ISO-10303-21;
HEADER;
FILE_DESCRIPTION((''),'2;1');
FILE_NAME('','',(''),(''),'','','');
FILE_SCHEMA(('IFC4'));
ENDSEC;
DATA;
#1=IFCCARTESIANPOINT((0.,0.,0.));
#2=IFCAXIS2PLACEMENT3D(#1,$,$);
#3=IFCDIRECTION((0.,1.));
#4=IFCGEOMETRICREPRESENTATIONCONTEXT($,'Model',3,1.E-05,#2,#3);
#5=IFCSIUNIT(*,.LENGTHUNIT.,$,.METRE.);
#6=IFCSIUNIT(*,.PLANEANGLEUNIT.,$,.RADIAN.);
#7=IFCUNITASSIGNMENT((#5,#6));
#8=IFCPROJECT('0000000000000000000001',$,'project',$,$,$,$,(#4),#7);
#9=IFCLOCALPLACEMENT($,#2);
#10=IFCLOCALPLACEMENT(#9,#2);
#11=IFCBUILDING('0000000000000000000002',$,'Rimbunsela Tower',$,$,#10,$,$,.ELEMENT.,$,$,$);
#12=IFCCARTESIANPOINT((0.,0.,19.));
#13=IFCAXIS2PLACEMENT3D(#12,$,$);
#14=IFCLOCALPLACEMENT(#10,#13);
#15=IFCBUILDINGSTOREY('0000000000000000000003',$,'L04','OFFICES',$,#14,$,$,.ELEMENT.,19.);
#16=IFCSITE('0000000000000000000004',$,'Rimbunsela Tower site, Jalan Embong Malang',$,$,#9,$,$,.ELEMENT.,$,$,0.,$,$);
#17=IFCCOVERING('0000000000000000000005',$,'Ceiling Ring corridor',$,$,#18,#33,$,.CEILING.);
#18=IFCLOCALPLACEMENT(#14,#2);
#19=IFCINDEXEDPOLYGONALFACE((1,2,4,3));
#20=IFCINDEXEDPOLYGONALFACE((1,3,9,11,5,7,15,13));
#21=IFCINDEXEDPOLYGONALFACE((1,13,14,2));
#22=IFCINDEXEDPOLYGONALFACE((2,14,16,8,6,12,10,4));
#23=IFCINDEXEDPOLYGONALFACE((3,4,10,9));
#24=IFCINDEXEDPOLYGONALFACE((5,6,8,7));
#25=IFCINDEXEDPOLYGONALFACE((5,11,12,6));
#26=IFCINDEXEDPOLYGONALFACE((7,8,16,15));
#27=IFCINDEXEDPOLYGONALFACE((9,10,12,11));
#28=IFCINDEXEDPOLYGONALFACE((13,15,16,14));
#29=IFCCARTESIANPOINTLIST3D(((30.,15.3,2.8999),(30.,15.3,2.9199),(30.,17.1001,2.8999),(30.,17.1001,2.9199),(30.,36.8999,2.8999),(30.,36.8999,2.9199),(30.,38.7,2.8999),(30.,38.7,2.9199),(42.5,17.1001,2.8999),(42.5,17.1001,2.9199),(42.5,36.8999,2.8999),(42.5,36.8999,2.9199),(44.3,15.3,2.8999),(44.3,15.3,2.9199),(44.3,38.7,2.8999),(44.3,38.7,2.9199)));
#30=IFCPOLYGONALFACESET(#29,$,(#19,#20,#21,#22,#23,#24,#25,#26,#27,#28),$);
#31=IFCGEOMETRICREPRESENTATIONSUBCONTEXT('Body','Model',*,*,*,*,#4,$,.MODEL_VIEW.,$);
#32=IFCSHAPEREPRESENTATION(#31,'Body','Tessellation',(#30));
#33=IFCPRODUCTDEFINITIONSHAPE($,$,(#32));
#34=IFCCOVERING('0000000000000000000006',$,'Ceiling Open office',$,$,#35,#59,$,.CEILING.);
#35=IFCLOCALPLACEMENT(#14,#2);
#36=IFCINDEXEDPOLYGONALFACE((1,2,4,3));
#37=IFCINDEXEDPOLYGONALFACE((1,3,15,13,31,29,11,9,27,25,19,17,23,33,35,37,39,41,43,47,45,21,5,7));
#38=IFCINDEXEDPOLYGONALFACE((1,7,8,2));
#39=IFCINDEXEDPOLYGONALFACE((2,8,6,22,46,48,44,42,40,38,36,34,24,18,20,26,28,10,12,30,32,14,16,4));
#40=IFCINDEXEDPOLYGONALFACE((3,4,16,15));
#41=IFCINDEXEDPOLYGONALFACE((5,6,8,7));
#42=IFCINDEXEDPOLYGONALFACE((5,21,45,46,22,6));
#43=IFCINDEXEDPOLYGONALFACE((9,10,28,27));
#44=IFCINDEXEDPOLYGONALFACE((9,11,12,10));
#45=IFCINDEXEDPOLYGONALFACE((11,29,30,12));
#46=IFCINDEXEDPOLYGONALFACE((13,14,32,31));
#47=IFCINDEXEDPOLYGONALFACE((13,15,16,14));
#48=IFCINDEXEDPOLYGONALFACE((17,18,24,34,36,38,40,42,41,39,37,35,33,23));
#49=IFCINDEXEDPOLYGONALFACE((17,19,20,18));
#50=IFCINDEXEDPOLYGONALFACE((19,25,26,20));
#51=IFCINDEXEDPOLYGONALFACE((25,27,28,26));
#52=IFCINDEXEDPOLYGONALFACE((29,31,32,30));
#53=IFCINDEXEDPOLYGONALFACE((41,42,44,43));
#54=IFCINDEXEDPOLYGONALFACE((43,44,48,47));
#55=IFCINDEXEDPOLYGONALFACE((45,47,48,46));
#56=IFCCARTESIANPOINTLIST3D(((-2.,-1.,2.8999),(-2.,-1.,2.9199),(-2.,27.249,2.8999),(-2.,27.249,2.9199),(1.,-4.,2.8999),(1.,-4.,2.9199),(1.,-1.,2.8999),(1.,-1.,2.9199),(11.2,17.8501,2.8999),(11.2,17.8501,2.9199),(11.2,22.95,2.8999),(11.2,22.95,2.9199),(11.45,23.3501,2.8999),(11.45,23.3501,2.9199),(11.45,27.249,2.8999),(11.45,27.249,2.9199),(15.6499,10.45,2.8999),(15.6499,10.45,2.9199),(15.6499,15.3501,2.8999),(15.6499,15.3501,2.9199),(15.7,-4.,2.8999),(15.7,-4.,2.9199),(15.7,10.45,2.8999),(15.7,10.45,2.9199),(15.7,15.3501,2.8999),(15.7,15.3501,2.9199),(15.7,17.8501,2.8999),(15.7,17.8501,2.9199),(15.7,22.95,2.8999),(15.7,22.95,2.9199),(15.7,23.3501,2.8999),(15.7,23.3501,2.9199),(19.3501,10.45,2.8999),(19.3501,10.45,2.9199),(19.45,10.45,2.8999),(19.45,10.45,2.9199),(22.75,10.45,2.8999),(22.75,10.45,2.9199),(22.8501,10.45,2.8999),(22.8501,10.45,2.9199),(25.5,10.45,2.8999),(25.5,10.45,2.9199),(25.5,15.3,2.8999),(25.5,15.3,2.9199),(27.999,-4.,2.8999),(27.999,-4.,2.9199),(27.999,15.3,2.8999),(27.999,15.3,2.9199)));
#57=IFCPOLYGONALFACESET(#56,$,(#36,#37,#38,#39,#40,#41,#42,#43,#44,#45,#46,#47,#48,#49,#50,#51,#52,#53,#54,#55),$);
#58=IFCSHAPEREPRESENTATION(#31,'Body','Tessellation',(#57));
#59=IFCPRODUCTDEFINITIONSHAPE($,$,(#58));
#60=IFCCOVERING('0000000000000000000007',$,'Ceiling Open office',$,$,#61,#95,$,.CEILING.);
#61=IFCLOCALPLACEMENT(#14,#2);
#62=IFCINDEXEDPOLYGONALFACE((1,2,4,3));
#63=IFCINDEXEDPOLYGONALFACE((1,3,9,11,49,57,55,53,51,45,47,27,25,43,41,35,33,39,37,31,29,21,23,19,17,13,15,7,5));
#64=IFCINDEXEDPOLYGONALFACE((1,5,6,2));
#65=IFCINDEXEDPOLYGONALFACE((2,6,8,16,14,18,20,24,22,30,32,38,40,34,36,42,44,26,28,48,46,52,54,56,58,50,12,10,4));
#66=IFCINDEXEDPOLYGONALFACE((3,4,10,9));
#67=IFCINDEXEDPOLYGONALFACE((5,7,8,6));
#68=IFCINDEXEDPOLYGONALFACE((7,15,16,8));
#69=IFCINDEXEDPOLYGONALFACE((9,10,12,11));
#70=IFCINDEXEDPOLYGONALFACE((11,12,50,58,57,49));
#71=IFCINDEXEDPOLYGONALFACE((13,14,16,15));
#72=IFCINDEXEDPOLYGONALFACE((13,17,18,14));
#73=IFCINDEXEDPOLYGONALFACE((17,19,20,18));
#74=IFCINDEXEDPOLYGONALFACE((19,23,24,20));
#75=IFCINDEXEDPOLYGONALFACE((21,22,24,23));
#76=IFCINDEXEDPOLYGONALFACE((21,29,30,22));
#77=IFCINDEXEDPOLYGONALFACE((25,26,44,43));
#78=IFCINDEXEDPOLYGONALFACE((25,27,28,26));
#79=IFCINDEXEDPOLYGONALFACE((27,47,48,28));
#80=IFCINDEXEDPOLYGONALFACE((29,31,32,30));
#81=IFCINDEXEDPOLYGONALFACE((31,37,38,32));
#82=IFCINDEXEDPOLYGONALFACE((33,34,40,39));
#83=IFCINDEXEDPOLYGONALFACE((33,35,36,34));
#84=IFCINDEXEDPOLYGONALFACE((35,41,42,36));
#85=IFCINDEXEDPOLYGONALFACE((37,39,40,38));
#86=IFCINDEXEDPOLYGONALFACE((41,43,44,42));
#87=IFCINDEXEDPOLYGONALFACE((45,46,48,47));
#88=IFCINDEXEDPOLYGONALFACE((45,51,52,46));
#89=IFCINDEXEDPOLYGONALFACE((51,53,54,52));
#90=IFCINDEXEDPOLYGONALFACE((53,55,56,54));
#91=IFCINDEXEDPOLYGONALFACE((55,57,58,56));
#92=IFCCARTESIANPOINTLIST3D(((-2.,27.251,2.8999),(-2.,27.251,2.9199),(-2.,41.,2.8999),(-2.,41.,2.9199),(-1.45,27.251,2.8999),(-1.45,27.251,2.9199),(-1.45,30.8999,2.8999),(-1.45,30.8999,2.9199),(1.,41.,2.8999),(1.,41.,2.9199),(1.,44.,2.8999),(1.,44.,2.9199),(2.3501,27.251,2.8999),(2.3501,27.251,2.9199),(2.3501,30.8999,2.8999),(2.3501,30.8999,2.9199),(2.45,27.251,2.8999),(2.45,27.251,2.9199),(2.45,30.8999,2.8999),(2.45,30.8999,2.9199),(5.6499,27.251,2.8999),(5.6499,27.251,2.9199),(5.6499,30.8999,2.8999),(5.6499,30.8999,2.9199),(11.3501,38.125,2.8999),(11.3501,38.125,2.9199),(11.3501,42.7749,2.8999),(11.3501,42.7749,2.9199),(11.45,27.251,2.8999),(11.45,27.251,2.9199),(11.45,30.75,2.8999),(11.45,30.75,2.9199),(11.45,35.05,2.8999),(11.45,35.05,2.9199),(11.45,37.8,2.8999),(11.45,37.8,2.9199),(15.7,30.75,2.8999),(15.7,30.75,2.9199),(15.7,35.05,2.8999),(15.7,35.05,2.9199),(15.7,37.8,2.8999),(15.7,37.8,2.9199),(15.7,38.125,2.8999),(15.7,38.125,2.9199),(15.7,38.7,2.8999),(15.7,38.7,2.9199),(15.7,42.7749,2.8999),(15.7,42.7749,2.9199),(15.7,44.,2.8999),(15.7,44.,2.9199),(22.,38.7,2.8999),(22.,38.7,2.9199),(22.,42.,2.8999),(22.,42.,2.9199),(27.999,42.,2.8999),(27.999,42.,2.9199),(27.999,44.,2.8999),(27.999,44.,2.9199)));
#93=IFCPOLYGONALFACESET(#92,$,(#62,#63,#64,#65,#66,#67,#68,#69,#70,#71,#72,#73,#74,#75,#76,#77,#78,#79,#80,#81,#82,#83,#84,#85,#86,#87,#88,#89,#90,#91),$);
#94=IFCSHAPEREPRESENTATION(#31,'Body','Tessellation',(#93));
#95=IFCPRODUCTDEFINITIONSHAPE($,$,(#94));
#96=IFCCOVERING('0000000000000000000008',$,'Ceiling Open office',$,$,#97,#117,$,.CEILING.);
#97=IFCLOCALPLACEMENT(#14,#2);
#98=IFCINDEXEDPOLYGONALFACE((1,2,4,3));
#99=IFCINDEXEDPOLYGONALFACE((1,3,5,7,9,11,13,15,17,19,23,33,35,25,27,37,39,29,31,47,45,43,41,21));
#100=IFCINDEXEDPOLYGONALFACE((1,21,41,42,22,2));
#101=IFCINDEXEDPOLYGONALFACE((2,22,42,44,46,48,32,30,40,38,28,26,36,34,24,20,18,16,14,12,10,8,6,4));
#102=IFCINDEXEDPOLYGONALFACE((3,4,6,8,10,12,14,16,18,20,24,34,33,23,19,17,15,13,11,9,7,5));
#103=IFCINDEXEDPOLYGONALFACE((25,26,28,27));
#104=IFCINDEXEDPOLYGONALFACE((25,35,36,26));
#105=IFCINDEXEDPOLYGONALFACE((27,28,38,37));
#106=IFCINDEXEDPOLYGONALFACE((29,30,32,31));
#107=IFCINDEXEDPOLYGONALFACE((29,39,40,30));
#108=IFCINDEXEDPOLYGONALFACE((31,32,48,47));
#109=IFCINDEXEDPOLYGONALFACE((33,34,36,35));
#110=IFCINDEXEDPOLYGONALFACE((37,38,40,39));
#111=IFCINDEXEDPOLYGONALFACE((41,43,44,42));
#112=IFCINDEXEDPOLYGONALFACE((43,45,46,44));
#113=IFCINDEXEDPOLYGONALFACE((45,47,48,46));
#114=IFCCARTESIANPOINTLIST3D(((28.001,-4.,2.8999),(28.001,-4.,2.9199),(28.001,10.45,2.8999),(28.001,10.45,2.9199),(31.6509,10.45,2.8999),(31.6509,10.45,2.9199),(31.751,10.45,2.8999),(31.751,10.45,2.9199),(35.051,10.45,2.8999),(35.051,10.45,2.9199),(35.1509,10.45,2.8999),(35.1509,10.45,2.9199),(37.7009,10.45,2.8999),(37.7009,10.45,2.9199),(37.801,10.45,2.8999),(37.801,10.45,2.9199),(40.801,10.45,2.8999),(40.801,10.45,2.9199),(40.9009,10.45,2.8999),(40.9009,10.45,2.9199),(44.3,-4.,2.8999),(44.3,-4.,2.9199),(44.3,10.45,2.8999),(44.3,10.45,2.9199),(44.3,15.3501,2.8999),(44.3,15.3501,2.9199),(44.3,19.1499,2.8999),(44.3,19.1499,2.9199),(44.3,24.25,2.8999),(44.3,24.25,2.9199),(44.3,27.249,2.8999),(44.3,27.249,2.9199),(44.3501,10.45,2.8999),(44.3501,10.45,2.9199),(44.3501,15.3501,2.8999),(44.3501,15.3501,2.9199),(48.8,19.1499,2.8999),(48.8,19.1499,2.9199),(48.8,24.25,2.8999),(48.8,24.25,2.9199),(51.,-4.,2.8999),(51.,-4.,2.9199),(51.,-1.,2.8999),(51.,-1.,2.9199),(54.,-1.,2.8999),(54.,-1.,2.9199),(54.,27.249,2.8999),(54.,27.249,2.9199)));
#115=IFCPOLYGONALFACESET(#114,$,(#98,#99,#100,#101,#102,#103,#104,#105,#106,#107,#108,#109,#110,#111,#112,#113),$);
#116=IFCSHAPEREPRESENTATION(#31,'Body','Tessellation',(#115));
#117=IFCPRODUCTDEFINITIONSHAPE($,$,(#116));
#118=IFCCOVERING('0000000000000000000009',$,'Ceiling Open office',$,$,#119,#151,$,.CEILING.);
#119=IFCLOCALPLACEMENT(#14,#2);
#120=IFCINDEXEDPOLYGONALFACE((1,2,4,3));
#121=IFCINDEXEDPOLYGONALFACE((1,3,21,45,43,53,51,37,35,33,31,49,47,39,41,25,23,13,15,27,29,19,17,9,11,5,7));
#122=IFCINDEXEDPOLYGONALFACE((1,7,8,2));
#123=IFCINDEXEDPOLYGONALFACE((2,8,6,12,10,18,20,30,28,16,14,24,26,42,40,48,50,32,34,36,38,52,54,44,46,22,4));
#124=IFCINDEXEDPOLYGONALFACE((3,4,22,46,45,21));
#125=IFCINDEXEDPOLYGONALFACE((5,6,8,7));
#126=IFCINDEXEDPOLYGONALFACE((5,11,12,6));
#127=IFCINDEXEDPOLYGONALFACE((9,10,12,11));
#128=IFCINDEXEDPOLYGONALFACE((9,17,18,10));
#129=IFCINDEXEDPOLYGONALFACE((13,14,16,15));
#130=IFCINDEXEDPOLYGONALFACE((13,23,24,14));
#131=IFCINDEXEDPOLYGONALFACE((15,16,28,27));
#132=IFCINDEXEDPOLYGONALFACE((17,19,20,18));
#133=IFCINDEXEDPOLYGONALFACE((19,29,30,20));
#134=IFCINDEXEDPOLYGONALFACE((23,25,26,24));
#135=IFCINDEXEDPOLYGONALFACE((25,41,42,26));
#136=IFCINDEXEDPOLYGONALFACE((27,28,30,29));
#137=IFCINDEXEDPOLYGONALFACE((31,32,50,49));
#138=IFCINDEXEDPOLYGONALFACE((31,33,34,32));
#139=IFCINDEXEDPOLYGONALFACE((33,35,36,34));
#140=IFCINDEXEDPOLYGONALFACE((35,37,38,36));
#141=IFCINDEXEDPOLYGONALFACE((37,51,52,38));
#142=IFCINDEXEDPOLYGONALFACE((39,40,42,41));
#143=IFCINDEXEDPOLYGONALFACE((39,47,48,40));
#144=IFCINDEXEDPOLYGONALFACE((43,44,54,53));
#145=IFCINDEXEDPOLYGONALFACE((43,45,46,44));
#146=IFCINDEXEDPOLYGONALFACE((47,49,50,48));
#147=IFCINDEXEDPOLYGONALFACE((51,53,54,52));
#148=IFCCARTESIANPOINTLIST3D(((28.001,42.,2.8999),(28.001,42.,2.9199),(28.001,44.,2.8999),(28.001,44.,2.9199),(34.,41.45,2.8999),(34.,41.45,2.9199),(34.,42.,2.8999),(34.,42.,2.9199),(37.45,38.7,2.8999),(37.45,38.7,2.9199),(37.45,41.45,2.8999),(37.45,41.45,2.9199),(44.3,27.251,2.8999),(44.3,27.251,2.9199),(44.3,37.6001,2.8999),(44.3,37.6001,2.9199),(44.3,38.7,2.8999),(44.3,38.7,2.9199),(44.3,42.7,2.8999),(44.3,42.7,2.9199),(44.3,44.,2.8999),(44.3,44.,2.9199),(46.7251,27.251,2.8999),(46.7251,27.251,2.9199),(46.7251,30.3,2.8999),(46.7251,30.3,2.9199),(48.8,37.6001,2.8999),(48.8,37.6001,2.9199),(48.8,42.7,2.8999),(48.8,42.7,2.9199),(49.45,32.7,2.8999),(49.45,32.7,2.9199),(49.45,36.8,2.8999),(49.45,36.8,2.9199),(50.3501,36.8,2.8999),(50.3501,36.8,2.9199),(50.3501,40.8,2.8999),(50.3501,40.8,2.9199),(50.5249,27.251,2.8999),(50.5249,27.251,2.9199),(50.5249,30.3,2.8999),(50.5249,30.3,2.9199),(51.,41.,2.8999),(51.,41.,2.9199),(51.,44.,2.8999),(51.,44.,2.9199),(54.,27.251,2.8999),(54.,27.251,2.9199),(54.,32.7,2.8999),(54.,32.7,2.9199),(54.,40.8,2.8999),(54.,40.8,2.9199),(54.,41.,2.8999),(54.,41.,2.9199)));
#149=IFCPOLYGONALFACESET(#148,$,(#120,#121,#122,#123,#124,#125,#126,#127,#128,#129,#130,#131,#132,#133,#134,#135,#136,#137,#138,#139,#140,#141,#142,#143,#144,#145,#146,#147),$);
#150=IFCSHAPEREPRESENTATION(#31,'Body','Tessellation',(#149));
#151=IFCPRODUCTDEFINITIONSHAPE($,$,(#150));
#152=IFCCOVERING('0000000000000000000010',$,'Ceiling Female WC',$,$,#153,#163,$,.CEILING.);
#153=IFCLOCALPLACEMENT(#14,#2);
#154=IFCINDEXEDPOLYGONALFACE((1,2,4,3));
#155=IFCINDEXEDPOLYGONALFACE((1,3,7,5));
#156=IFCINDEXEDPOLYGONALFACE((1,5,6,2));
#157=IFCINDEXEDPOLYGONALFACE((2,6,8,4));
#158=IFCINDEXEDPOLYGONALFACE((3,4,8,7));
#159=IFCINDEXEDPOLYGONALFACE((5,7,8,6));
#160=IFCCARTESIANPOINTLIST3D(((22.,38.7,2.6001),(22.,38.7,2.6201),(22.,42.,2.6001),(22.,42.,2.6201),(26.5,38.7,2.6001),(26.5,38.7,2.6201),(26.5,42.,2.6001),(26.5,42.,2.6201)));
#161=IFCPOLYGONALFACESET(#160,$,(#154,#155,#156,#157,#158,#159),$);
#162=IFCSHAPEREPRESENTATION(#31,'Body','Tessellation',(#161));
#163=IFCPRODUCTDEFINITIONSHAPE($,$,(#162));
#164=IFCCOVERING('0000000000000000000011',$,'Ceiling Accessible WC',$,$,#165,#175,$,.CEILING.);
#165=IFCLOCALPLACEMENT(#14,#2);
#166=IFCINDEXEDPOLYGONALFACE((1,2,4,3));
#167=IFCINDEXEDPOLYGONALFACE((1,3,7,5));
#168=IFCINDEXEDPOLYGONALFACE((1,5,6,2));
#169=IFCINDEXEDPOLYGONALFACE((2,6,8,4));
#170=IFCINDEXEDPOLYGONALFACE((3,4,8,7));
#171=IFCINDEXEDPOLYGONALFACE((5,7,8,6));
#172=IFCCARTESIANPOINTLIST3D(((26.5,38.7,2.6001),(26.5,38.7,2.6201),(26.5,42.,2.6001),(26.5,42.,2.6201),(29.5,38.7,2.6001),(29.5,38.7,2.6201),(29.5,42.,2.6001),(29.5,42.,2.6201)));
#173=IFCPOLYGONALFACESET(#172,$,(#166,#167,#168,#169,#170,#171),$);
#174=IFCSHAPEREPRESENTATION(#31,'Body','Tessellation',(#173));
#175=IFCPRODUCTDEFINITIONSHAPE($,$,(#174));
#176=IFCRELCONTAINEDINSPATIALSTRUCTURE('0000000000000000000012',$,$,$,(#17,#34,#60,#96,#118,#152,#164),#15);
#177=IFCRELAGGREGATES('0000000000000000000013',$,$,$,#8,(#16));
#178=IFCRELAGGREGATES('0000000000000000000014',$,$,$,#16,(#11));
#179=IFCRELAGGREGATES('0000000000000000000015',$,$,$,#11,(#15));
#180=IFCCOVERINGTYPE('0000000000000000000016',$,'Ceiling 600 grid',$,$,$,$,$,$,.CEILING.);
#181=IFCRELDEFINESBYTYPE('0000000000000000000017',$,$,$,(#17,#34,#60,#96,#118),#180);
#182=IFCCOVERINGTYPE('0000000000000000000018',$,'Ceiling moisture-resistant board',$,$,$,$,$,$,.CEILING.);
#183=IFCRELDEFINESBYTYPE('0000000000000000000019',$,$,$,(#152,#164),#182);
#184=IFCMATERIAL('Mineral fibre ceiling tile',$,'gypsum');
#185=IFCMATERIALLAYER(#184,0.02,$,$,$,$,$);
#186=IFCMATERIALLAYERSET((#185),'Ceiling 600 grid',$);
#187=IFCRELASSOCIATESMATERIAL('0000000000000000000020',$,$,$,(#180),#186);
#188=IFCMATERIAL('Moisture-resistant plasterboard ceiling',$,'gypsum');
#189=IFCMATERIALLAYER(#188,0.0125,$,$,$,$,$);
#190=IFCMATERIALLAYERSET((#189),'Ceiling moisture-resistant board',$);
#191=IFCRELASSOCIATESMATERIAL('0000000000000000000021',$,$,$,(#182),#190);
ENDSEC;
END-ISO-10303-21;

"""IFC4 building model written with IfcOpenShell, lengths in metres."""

from ifc_helpers import new_model, si_unit, direction, frame, origin, place, context, subcontext, project, spatial, polyline, outline, extrude, material, layer, layer_set, type_object, element, save


model = new_model("IFC4")

# Units and contexts
model_context = context("Model", 3, precision=1e-05, world=origin(), true_north=direction((0.0, 1.0)))
body_context = subcontext(model_context, "Body", "Model", "MODEL_VIEW")
ifc_project = project(units=[si_unit("LENGTHUNIT", "METRE"), si_unit("PLANEANGLEUNIT", "RADIAN")], contexts=[model_context])

# Site, building, storey
site_placement = place(None, origin())
site = spatial("IfcSite", under=ifc_project, at=site_placement, Name="Rimbunsela Tower site, Jalan Embong Malang", CompositionType="ELEMENT", RefElevation=0.0)
building_placement = place(site_placement, origin())
building = spatial("IfcBuilding", under=site, at=building_placement, Name="Rimbunsela Tower", CompositionType="ELEMENT")
storey_placement = place(building_placement, frame((0.0, 0.0, 19.0)))
storey = spatial("IfcBuildingStorey", under=building, at=storey_placement, Name="L04", Description="OFFICES", CompositionType="ELEMENT", Elevation=19.0)

# Coverings
ifc_material_1 = material(Name="Mineral fibre ceiling tile", Category="gypsum")
ifc_layer_1 = layer(ifc_material_1, 0.02)
ifc_layer_set_1 = layer_set([ifc_layer_1], Name="Ceiling 600 grid")
covering_type_1 = type_object("IfcCoveringType", Name="Ceiling 600 grid", PredefinedType="CEILING", material=ifc_layer_set_1)
covering_1_placement = place(storey_placement, frame((0.0, 0.0, 2.8999)))
element("IfcCovering", 1, at=covering_1_placement, inside=storey, type_object=covering_type_1, Name="Ceiling Ring corridor", PredefinedType="CEILING", context=body_context, shape_type="SweptSolid", body=[
    extrude(outline(polyline([(44.3, 38.7), (44.3, 15.3), (30.0, 15.3), (30.0, 17.1001), (42.5, 17.1001), (42.5, 36.8999), (30.0, 36.8999), (30.0, 38.7), (44.3, 38.7)])), origin(), (0.0, 0.0, 1.0), 0.02),
])
covering_2_placement = place(storey_placement, frame((0.0, 0.0, 2.8999)))
element("IfcCovering", 2, at=covering_2_placement, inside=storey, type_object=covering_type_1, Name="Ceiling Open office", PredefinedType="CEILING", context=body_context, shape_type="SweptSolid", body=[
    extrude(outline(polyline([(19.45, 10.45), (22.75, 10.45), (22.8501, 10.45), (25.5, 10.45), (25.5, 15.3), (27.999, 15.3), (27.999, -4.0), (15.7, -4.0), (1.0, -4.0), (1.0, -1.0), (-2.0, -1.0), (-2.0, 27.249), (11.45, 27.249), (11.45, 23.3501), (15.7, 23.3501), (15.7, 22.95), (11.2, 22.95), (11.2, 17.8501), (15.7, 17.8501), (15.7, 15.3501), (15.6499, 15.3501), (15.6499, 10.45), (15.7, 10.45), (19.3501, 10.45), (19.45, 10.45)])), origin(), (0.0, 0.0, 1.0), 0.02),
])
covering_3_placement = place(storey_placement, frame((0.0, 0.0, 2.8999)))
element("IfcCovering", 3, at=covering_3_placement, inside=storey, type_object=covering_type_1, Name="Ceiling Open office", PredefinedType="CEILING", context=body_context, shape_type="SweptSolid", body=[
    extrude(outline(polyline([(15.7, 42.7749), (11.3501, 42.7749), (11.3501, 38.125), (15.7, 38.125), (15.7, 37.8), (11.45, 37.8), (11.45, 35.05), (15.7, 35.05), (15.7, 30.75), (11.45, 30.75), (11.45, 27.251), (5.6499, 27.251), (5.6499, 30.8999), (2.45, 30.8999), (2.45, 27.251), (2.3501, 27.251), (2.3501, 30.8999), (-1.45, 30.8999), (-1.45, 27.251), (-2.0, 27.251), (-2.0, 41.0), (1.0, 41.0), (1.0, 44.0), (15.7, 44.0), (27.999, 44.0), (27.999, 42.0), (22.0, 42.0), (22.0, 38.7), (15.7, 38.7), (15.7, 42.7749)])), origin(), (0.0, 0.0, 1.0), 0.02),
])
covering_4_placement = place(storey_placement, frame((0.0, 0.0, 2.8999)))
element("IfcCovering", 4, at=covering_4_placement, inside=storey, type_object=covering_type_1, Name="Ceiling Open office", PredefinedType="CEILING", context=body_context, shape_type="SweptSolid", body=[
    extrude(outline(polyline([(28.001, 10.45), (31.6509, 10.45), (31.751, 10.45), (35.051, 10.45), (35.1509, 10.45), (37.7009, 10.45), (37.801, 10.45), (40.801, 10.45), (40.9009, 10.45), (44.3, 10.45), (44.3501, 10.45), (44.3501, 15.3501), (44.3, 15.3501), (44.3, 19.1499), (48.8, 19.1499), (48.8, 24.25), (44.3, 24.25), (44.3, 27.249), (54.0, 27.249), (54.0, -1.0), (51.0, -1.0), (51.0, -4.0), (44.3, -4.0), (28.001, -4.0), (28.001, 10.45)])), origin(), (0.0, 0.0, 1.0), 0.02),
])
covering_5_placement = place(storey_placement, frame((0.0, 0.0, 2.8999)))
element("IfcCovering", 5, at=covering_5_placement, inside=storey, type_object=covering_type_1, Name="Ceiling Open office", PredefinedType="CEILING", context=body_context, shape_type="SweptSolid", body=[
    extrude(outline(polyline([(44.3, 38.7), (37.45, 38.7), (37.45, 41.45), (34.0, 41.45), (34.0, 42.0), (28.001, 42.0), (28.001, 44.0), (44.3, 44.0), (51.0, 44.0), (51.0, 41.0), (54.0, 41.0), (54.0, 40.8), (50.3501, 40.8), (50.3501, 36.8), (49.45, 36.8), (49.45, 32.7), (54.0, 32.7), (54.0, 27.251), (50.5249, 27.251), (50.5249, 30.3), (46.7251, 30.3), (46.7251, 27.251), (44.3, 27.251), (44.3, 37.6001), (48.8, 37.6001), (48.8, 42.7), (44.3, 42.7), (44.3, 38.7)])), origin(), (0.0, 0.0, 1.0), 0.02),
])
ifc_material_2 = material(Name="Moisture-resistant plasterboard ceiling", Category="gypsum")
ifc_layer_2 = layer(ifc_material_2, 0.0125)
ifc_layer_set_2 = layer_set([ifc_layer_2], Name="Ceiling moisture-resistant board")
covering_type_2 = type_object("IfcCoveringType", Name="Ceiling moisture-resistant board", PredefinedType="CEILING", material=ifc_layer_set_2)
covering_6_placement = place(storey_placement, frame((0.0, 0.0, 2.6001)))
element("IfcCovering", 6, at=covering_6_placement, inside=storey, type_object=covering_type_2, Name="Ceiling Female WC", PredefinedType="CEILING", context=body_context, shape_type="SweptSolid", body=[
    extrude(outline(polyline([(26.5, 38.7), (26.5, 42.0), (22.0, 42.0), (22.0, 38.7), (26.5, 38.7)])), origin(), (0.0, 0.0, 1.0), 0.02),
])
covering_7_placement = place(storey_placement, frame((0.0, 0.0, 2.6001)))
element("IfcCovering", 7, at=covering_7_placement, inside=storey, type_object=covering_type_2, Name="Ceiling Accessible WC", PredefinedType="CEILING", context=body_context, shape_type="SweptSolid", body=[
    extrude(outline(polyline([(29.5, 38.7), (29.5, 42.0), (26.5, 42.0), (26.5, 38.7), (29.5, 38.7)])), origin(), (0.0, 0.0, 1.0), 0.02),
])

save(model, "model.ifc")
